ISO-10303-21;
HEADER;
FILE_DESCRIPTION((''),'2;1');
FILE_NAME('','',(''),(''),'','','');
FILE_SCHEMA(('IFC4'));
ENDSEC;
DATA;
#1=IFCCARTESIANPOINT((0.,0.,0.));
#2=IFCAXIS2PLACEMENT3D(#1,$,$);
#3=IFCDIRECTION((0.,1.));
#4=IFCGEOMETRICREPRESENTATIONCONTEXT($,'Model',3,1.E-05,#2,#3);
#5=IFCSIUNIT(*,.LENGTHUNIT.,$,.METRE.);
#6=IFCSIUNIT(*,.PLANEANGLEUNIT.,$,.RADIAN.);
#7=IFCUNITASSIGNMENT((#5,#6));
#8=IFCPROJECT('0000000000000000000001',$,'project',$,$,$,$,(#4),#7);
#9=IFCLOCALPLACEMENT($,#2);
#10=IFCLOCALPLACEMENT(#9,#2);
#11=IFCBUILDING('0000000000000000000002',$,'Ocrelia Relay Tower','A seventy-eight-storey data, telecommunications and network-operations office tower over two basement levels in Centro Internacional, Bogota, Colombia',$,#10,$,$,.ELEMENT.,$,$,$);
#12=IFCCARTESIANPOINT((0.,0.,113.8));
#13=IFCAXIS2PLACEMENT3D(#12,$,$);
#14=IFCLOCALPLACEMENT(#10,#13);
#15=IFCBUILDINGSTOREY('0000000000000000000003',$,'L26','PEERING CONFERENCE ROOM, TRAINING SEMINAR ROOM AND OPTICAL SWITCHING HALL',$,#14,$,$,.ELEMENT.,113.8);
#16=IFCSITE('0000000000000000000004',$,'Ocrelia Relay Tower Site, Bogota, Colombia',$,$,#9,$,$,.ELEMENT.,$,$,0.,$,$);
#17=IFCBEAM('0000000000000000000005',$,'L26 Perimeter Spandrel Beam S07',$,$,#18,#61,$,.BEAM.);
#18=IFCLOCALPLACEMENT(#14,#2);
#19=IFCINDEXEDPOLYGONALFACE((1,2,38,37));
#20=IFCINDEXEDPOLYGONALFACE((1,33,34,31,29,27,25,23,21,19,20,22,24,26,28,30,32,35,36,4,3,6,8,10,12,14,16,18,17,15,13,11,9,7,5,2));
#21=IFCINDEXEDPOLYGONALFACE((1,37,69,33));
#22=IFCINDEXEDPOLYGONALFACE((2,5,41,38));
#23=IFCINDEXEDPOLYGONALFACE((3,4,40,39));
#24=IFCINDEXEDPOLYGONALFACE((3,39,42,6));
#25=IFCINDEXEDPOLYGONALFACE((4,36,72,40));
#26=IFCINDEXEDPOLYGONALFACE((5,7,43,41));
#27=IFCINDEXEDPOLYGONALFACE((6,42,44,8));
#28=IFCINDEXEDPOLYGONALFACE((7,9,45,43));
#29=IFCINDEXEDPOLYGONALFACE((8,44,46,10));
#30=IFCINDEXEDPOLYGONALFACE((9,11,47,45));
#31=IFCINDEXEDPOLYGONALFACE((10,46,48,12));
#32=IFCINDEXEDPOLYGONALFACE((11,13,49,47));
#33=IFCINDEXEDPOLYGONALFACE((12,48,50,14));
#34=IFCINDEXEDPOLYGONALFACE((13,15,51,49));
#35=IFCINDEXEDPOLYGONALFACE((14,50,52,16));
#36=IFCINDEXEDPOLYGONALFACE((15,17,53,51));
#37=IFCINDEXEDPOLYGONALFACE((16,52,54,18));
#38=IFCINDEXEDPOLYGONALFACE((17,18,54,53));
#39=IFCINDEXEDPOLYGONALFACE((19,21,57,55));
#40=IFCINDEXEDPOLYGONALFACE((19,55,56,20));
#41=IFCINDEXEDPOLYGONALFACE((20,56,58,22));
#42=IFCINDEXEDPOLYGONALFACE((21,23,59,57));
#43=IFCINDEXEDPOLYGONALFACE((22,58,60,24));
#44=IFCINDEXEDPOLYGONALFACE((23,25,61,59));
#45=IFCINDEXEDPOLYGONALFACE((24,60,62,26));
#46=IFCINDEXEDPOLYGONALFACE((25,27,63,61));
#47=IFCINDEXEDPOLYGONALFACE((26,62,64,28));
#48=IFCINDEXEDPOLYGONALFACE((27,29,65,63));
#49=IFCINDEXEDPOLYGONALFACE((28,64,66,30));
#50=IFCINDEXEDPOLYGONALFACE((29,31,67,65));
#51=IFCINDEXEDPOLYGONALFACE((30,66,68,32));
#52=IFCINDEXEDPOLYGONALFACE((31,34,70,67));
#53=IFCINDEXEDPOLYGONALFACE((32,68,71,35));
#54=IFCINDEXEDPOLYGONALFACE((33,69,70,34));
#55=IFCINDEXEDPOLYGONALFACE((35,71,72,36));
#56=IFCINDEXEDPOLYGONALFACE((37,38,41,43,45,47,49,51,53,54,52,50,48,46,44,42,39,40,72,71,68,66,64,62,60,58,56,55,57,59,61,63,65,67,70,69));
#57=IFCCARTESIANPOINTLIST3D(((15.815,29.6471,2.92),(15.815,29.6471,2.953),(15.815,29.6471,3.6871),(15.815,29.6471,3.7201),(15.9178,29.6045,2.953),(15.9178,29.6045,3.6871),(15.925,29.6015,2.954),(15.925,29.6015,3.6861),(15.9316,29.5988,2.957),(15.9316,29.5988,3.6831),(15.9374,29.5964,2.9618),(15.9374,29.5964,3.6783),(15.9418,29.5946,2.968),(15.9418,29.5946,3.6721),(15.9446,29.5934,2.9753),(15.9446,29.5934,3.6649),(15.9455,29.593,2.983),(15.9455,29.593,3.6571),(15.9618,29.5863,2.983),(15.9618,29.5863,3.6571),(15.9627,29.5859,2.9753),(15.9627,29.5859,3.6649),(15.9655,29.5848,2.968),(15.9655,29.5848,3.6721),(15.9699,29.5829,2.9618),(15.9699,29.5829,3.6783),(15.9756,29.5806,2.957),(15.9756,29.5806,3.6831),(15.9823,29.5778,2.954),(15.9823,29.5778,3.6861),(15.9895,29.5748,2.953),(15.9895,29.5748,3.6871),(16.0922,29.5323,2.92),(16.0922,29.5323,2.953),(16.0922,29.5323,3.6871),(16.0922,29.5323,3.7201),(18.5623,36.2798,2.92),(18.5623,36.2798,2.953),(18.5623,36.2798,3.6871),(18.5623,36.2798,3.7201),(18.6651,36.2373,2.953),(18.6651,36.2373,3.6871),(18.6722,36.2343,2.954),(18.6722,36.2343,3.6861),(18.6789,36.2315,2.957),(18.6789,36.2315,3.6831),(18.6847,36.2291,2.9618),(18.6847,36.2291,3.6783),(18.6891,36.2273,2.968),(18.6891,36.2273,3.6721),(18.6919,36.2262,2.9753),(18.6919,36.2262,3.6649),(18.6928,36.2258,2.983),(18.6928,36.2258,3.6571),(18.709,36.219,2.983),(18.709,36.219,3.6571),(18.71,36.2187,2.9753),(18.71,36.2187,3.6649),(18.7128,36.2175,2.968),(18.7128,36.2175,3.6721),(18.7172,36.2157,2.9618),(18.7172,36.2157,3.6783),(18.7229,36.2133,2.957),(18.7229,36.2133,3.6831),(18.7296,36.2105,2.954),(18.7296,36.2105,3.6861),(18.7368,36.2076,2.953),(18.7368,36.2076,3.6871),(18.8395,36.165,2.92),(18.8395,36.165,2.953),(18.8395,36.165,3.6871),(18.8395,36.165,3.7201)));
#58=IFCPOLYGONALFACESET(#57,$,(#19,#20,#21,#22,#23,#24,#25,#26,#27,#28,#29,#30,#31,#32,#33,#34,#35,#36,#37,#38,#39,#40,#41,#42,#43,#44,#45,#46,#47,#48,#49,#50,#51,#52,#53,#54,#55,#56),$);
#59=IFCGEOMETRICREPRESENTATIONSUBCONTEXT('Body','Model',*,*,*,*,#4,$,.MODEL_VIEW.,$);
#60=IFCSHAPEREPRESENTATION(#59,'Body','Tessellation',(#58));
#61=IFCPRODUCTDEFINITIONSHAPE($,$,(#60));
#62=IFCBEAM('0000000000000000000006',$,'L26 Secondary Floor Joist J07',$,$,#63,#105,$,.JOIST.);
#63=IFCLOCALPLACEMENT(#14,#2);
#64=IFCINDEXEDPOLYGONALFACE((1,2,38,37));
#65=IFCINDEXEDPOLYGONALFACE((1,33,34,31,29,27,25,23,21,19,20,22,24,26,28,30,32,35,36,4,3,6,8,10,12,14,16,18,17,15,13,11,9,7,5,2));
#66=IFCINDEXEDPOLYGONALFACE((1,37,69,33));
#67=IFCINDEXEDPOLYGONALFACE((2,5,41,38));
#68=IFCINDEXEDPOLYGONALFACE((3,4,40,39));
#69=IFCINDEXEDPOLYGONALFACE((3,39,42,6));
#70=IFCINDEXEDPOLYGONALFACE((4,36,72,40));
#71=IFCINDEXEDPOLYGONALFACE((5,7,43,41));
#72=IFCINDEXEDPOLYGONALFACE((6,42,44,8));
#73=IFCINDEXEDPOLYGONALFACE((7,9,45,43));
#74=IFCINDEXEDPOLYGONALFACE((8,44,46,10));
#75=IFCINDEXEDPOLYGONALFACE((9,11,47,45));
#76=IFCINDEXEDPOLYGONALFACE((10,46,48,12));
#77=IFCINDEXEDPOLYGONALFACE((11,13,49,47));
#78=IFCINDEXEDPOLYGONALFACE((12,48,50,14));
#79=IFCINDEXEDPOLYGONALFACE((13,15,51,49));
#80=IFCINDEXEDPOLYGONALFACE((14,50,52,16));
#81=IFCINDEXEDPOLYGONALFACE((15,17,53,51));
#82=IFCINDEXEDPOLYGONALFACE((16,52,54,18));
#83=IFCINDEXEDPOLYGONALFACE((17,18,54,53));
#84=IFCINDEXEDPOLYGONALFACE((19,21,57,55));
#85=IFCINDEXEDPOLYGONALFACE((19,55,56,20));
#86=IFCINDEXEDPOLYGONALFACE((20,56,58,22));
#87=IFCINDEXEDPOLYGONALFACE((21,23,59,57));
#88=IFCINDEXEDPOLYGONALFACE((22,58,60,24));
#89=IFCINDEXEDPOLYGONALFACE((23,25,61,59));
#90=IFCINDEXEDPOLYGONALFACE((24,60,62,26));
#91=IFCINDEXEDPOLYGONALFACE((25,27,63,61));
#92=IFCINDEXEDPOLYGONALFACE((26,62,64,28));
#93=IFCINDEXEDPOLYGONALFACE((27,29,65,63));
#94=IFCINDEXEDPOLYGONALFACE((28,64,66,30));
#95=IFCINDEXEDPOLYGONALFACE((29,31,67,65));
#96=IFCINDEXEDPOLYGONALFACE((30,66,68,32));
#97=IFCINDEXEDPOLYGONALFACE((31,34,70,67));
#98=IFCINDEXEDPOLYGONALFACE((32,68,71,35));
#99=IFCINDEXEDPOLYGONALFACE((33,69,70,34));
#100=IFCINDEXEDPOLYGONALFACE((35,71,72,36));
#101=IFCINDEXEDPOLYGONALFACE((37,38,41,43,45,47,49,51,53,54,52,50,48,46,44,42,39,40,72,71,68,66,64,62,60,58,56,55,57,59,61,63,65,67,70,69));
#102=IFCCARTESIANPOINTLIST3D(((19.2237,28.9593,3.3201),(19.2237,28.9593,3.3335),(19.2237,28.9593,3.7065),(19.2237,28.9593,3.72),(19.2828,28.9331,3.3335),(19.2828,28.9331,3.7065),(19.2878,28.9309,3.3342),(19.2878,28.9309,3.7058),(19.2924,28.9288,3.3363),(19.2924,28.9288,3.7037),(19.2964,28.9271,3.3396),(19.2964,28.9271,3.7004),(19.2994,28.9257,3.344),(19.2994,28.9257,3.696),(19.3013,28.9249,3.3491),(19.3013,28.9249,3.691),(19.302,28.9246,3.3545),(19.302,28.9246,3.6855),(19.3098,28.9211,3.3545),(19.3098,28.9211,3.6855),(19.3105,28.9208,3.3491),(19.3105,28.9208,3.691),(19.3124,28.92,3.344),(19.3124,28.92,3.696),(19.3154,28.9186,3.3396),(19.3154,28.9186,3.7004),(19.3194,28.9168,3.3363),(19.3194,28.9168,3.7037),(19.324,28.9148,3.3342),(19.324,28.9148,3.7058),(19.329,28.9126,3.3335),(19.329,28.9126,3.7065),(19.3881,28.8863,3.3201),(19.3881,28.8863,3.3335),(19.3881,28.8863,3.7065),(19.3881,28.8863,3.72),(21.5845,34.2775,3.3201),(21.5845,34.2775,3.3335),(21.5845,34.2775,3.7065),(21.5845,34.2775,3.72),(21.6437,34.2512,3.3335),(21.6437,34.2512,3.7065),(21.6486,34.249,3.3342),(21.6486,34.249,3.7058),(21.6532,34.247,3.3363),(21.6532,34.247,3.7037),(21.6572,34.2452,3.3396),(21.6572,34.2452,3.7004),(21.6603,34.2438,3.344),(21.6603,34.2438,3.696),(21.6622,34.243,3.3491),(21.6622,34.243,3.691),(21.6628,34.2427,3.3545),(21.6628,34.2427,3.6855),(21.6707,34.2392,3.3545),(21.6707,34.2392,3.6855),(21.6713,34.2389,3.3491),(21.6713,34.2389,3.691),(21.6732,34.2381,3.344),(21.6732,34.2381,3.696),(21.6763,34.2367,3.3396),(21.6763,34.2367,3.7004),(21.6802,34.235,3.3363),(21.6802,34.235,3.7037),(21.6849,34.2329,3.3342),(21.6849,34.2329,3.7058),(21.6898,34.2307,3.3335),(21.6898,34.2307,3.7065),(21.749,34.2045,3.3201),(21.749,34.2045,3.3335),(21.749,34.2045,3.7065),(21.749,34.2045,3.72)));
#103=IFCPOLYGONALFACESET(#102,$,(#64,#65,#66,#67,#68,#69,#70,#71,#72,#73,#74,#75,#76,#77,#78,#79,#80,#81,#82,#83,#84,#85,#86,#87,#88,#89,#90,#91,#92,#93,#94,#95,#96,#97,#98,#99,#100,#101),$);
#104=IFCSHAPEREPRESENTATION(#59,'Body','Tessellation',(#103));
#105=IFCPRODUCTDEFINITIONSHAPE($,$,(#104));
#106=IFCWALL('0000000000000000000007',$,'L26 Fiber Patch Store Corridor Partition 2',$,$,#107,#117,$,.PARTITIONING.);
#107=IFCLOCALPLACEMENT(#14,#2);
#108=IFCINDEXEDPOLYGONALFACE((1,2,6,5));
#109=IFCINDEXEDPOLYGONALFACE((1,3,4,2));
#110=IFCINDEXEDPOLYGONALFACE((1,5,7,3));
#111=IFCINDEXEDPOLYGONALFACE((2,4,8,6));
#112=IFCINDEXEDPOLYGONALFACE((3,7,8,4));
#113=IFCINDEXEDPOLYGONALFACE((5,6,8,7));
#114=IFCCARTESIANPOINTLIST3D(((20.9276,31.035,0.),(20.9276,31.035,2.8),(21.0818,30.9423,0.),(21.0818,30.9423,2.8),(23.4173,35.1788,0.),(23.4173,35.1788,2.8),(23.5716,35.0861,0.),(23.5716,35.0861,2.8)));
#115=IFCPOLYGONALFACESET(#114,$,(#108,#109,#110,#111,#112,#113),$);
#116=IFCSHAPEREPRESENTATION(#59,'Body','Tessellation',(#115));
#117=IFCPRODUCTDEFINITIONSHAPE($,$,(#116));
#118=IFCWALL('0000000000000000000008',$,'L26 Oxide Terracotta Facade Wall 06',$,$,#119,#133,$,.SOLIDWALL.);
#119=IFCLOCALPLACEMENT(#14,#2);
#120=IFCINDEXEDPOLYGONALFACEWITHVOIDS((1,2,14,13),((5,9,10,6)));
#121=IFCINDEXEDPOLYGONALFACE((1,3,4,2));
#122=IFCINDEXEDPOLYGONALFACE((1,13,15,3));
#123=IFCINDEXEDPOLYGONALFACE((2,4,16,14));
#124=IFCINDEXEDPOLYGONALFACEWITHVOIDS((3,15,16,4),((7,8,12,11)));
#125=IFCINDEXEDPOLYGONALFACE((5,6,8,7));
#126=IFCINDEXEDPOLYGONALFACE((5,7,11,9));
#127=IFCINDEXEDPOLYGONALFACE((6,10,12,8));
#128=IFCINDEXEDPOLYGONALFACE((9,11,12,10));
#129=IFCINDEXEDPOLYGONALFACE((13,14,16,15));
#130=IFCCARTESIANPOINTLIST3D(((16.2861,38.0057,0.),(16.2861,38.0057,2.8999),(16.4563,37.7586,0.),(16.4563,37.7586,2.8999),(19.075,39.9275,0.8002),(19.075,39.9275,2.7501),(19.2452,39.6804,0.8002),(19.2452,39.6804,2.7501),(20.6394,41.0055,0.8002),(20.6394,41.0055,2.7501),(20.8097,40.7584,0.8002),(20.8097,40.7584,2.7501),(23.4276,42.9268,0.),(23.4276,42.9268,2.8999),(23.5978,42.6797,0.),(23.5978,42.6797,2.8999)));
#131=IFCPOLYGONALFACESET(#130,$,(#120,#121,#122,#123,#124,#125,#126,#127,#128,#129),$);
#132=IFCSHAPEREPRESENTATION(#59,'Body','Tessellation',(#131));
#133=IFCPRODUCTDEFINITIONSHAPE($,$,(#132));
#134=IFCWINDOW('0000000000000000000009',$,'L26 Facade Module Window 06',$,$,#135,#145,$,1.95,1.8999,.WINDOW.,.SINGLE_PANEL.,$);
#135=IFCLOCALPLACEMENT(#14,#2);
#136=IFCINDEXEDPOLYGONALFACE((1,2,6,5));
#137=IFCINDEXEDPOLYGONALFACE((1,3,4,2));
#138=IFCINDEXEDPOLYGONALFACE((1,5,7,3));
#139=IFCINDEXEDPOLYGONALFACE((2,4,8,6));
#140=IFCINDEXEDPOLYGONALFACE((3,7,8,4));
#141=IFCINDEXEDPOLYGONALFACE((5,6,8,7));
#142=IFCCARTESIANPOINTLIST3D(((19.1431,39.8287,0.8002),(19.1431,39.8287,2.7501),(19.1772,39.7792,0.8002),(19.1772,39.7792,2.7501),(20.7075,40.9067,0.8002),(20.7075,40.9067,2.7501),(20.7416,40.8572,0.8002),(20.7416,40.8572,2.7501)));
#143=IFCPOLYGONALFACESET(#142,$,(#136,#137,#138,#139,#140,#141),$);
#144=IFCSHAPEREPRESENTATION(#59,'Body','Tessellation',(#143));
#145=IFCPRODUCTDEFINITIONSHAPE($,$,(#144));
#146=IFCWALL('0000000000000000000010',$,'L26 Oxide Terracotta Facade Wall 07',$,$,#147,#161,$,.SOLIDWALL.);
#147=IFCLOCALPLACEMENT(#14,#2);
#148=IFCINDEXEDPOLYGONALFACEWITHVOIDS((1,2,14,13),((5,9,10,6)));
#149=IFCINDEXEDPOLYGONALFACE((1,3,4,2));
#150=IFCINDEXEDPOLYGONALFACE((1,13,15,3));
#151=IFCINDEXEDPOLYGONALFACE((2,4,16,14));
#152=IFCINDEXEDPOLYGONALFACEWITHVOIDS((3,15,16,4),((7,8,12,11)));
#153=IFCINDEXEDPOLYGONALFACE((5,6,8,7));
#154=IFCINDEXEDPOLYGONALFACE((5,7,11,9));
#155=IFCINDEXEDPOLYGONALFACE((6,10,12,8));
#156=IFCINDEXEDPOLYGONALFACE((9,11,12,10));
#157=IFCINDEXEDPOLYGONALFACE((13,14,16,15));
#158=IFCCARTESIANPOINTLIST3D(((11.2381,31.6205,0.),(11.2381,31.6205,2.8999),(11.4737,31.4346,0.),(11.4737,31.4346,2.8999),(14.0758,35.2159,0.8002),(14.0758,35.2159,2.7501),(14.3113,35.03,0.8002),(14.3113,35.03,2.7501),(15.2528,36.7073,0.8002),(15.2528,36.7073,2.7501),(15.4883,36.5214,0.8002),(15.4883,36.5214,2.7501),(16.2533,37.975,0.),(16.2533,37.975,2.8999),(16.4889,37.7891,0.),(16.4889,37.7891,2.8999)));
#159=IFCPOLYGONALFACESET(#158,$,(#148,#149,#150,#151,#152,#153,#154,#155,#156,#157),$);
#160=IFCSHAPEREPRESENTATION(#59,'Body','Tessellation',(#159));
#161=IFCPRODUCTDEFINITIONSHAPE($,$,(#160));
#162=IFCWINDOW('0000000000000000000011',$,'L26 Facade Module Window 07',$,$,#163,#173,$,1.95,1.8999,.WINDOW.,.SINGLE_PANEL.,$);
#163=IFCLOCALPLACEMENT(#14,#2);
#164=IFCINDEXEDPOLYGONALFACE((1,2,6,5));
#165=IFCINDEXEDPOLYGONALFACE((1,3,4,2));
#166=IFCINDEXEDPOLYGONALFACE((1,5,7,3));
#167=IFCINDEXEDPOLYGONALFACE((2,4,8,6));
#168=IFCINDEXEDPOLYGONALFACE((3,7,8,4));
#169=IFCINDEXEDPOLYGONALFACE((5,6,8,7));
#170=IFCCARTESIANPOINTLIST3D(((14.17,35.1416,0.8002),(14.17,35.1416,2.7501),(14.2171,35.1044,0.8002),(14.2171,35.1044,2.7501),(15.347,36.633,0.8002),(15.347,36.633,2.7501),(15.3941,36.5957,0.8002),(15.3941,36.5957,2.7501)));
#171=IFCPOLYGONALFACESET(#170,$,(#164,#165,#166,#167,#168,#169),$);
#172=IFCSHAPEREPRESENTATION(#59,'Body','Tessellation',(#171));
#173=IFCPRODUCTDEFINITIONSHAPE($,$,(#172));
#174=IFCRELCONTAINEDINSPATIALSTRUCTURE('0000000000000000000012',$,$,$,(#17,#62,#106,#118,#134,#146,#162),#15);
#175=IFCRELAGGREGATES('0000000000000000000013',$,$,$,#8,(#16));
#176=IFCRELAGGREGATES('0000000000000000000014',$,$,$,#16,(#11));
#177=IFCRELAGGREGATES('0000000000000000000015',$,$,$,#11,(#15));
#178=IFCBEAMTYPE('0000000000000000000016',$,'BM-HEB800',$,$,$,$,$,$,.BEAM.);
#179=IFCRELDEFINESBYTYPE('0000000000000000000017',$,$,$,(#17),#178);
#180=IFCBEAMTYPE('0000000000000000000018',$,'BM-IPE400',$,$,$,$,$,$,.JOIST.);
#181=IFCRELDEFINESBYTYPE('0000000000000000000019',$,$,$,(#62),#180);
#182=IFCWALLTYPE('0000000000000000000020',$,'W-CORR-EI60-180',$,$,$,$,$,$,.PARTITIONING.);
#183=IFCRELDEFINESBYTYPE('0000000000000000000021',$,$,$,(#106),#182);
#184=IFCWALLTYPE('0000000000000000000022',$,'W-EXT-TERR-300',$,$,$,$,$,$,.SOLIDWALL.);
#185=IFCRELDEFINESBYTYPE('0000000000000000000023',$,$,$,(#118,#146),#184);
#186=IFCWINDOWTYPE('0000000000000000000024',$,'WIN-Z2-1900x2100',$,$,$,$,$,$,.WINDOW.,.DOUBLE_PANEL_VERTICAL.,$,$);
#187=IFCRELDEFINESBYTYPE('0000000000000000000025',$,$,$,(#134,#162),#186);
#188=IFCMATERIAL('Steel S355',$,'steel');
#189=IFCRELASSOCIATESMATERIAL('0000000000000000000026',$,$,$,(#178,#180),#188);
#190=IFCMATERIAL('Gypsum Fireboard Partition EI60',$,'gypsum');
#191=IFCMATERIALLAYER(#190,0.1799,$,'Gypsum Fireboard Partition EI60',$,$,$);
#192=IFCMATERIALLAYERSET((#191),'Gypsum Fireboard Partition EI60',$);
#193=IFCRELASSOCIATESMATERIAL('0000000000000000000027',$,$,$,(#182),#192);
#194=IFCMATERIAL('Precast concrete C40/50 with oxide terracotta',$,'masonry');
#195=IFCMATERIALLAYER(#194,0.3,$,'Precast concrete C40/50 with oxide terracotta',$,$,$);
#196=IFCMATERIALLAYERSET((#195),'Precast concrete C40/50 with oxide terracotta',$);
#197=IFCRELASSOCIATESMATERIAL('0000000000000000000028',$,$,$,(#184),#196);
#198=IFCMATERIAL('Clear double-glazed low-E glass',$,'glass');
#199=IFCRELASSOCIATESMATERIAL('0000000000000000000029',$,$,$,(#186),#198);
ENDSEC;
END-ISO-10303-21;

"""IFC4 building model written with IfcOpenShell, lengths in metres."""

from ifc_helpers import new_model, si_unit, direction, frame, frame_2d, origin, origin_2d, place, context, subcontext, project, spatial, rectangle, i_section, extrude, material, layer, layer_set, material_profile, profile_set, type_object, element, fill, save


model = new_model("IFC4")

# Units and contexts
model_context = context("Model", 3, precision=1e-05, world=origin(), true_north=direction((0.0, 1.0)))
body_context = subcontext(model_context, "Body", "Model", "MODEL_VIEW")
ifc_project = project(units=[si_unit("LENGTHUNIT", "METRE"), si_unit("PLANEANGLEUNIT", "RADIAN")], contexts=[model_context])

# Site, building, storey
site_placement = place(None, origin())
site = spatial("IfcSite", under=ifc_project, at=site_placement, Name="Ocrelia Relay Tower Site, Bogota, Colombia", CompositionType="ELEMENT", RefElevation=0.0)
building_placement = place(site_placement, origin())
building = spatial("IfcBuilding", under=site, at=building_placement, Name="Ocrelia Relay Tower", Description="A seventy-eight-storey data, telecommunications and network-operations office tower over two basement levels in Centro Internacional, Bogota, Colombia", CompositionType="ELEMENT")
storey_placement = place(building_placement, frame((0.0, 0.0, 113.8)))
storey = spatial("IfcBuildingStorey", under=building, at=storey_placement, Name="L26", Description="PEERING CONFERENCE ROOM, TRAINING SEMINAR ROOM AND OPTICAL SWITCHING HALL", CompositionType="ELEMENT", Elevation=113.8)

# Beams
ifc_material_1 = material(Name="Steel S355", Category="steel")
ifc_material_profile_1 = material_profile(ifc_material_1, i_section(OverallWidth=0.3, OverallDepth=0.8, WebThickness=0.0176, FlangeThickness=0.033, FilletRadius=0.03, at=origin_2d()), Name="HEB 800")
ifc_profile_set_1 = profile_set([ifc_material_profile_1], Name="Steel S355")
beam_type_1 = type_object("IfcBeamType", Name="BM-HEB800", PredefinedType="BEAM", material=ifc_profile_set_1)
beam_1_placement = place(storey_placement, frame((18.7009, 36.2224, 3.3201), z_axis=(-0.382673, -0.923884, 0.0), x_axis=(0.923884, -0.382673, 0.0)))
element("IfcBeam", 1, at=beam_1_placement, inside=storey, type_object=beam_type_1, Name="L26 Perimeter Spandrel Beam S07", PredefinedType="BEAM", context=body_context, shape_type="SweptSolid", body=[
    extrude(i_section(OverallWidth=0.3, OverallDepth=0.8, WebThickness=0.0176, FlangeThickness=0.033, FilletRadius=0.03, at=origin_2d()), origin(), (0.0, 0.0, 1.0), 7.1792),
])
ifc_material_profile_2 = material_profile(ifc_material_1, i_section(OverallWidth=0.1799, OverallDepth=0.3999, WebThickness=0.0085, FlangeThickness=0.0134, FilletRadius=0.021, at=origin_2d()), Name="IPE 400")
ifc_profile_set_2 = profile_set([ifc_material_profile_2], Name="Steel S355")
beam_type_2 = type_object("IfcBeamType", Name="BM-IPE400", PredefinedType="JOIST", material=ifc_profile_set_2)
beam_2_placement = place(storey_placement, frame((21.6667, 34.241, 3.52), z_axis=(-0.405741, -0.913988, 0.0), x_axis=(0.913988, -0.405741, 0.0)))
element("IfcBeam", 2, at=beam_2_placement, inside=storey, type_object=beam_type_2, Name="L26 Secondary Floor Joist J07", PredefinedType="JOIST", context=body_context, shape_type="SweptSolid", body=[
    extrude(i_section(OverallWidth=0.1799, OverallDepth=0.3999, WebThickness=0.0085, FlangeThickness=0.0134, FilletRadius=0.021, at=origin_2d()), origin(), (0.0, 0.0, 1.0), 5.8186),
])

# Wall
ifc_material_2 = material(Name="Gypsum Fireboard Partition EI60", Category="gypsum")
ifc_layer_1 = layer(ifc_material_2, 0.1799, Name="Gypsum Fireboard Partition EI60")
ifc_layer_set_1 = layer_set([ifc_layer_1], Name="Gypsum Fireboard Partition EI60")
wall_type_1 = type_object("IfcWallType", Name="W-CORR-EI60-180", PredefinedType="PARTITIONING", material=ifc_layer_set_1)
wall_1_placement = place(storey_placement, frame((23.4944, 35.1323, 0.0), z_axis=(0.0, 0.0, 1.0), x_axis=(-0.515023, -0.857176, 0.0)))
element("IfcWall", 3, at=wall_1_placement, inside=storey, type_object=wall_type_1, Name="L26 Fiber Patch Store Corridor Partition 2", PredefinedType="PARTITIONING", context=body_context, shape_type="SweptSolid", body=[
    extrude(rectangle(XDim=4.8342, YDim=0.1799, at=frame_2d((2.417, 0.0))), origin(), (0.0, 0.0, 1.0), 2.8),
])

# Walls, openings, windows
ifc_material_3 = material(Name="Precast concrete C40/50 with oxide terracotta", Category="masonry")
ifc_layer_2 = layer(ifc_material_3, 0.3, Name="Precast concrete C40/50 with oxide terracotta")
ifc_layer_set_2 = layer_set([ifc_layer_2], Name="Precast concrete C40/50 with oxide terracotta")
wall_type_2 = type_object("IfcWallType", Name="W-EXT-TERR-300", PredefinedType="SOLIDWALL", material=ifc_layer_set_2)
wall_2_placement = place(storey_placement, frame((23.5127, 42.8032, 0.0), z_axis=(0.0, 0.0, 1.0), x_axis=(-0.823434, -0.567413, 0.0)))
wall_2 = element("IfcWall", 4, at=wall_2_placement, inside=storey, type_object=wall_type_2, Name="L26 Oxide Terracotta Facade Wall 06", PredefinedType="SOLIDWALL", context=body_context, shape_type="SweptSolid", body=[
    extrude(rectangle(XDim=8.6729, YDim=0.3, at=frame_2d((4.3364, 0.0))), origin(), (0.0, 0.0, 1.0), 2.8999),
])
opening_1_placement = place(wall_2_placement, frame((3.386, 0.0, 0.8)))
opening_1 = element("IfcOpeningElement", 5, at=opening_1_placement, cuts=wall_2, PredefinedType="OPENING", context=body_context, shape_type="SweptSolid", body=[
    extrude(rectangle(XDim=1.8999, YDim=1.95, at=frame_2d((0.95, 0.9751))), frame((0.0, 0.1602, 0.0), z_axis=(0.0, -1.0, 0.0), x_axis=(1.0, 0.0, 0.0)), (0.0, 0.0, 1.0), 0.3201),
])
ifc_material_4 = material(Name="Clear double-glazed low-E glass", Category="glass")
window_type = type_object("IfcWindowType", Name="WIN-Z2-1900x2100", PartitioningType="DOUBLE_PANEL_VERTICAL", PredefinedType="WINDOW", material=ifc_material_4)
window_1_placement = place(opening_1_placement, origin())
window_1 = element("IfcWindow", 6, at=window_1_placement, inside=storey, type_object=window_type, Name="L26 Facade Module Window 06", OverallHeight=1.95, OverallWidth=1.8999, PartitioningType="SINGLE_PANEL", PredefinedType="WINDOW", context=body_context, shape_type="SweptSolid", body=[
    extrude(rectangle(XDim=1.8999, YDim=1.95, at=frame_2d((0.95, 0.9751))), frame((0.0, 0.03, 0.0), z_axis=(0.0, -1.0, 0.0), x_axis=(1.0, 0.0, 0.0)), (0.0, 0.0, 1.0), 0.0601),
])
fill(opening_1, window_1)
wall_3_placement = place(storey_placement, frame((16.3711, 37.8821, 0.0), z_axis=(0.0, 0.0, 1.0), x_axis=(-0.619525, -0.784977, 0.0)))
wall_3 = element("IfcWall", 7, at=wall_3_placement, inside=storey, type_object=wall_type_2, Name="L26 Oxide Terracotta Facade Wall 07", PredefinedType="SOLIDWALL", context=body_context, shape_type="SweptSolid", body=[
    extrude(rectangle(XDim=8.0952, YDim=0.3, at=frame_2d((4.0476, 0.0))), origin(), (0.0, 0.0, 1.0), 2.8999),
])
opening_2_placement = place(wall_3_placement, frame((1.615, 0.0, 0.8)))
opening_2 = element("IfcOpeningElement", 8, at=opening_2_placement, cuts=wall_3, PredefinedType="OPENING", context=body_context, shape_type="SweptSolid", body=[
    extrude(rectangle(XDim=1.8999, YDim=1.95, at=frame_2d((0.95, 0.9751))), frame((0.0, 0.1602, 0.0), z_axis=(0.0, -1.0, 0.0), x_axis=(1.0, 0.0, 0.0)), (0.0, 0.0, 1.0), 0.3201),
])
window_2_placement = place(opening_2_placement, origin())
window_2 = element("IfcWindow", 9, at=window_2_placement, inside=storey, type_object=window_type, Name="L26 Facade Module Window 07", OverallHeight=1.95, OverallWidth=1.8999, PartitioningType="SINGLE_PANEL", PredefinedType="WINDOW", context=body_context, shape_type="SweptSolid", body=[
    extrude(rectangle(XDim=1.8999, YDim=1.95, at=frame_2d((0.95, 0.9751))), frame((0.0, 0.03, 0.0), z_axis=(0.0, -1.0, 0.0), x_axis=(1.0, 0.0, 0.0)), (0.0, 0.0, 1.0), 0.0601),
])
fill(opening_2, window_2)

save(model, "model.ifc")
